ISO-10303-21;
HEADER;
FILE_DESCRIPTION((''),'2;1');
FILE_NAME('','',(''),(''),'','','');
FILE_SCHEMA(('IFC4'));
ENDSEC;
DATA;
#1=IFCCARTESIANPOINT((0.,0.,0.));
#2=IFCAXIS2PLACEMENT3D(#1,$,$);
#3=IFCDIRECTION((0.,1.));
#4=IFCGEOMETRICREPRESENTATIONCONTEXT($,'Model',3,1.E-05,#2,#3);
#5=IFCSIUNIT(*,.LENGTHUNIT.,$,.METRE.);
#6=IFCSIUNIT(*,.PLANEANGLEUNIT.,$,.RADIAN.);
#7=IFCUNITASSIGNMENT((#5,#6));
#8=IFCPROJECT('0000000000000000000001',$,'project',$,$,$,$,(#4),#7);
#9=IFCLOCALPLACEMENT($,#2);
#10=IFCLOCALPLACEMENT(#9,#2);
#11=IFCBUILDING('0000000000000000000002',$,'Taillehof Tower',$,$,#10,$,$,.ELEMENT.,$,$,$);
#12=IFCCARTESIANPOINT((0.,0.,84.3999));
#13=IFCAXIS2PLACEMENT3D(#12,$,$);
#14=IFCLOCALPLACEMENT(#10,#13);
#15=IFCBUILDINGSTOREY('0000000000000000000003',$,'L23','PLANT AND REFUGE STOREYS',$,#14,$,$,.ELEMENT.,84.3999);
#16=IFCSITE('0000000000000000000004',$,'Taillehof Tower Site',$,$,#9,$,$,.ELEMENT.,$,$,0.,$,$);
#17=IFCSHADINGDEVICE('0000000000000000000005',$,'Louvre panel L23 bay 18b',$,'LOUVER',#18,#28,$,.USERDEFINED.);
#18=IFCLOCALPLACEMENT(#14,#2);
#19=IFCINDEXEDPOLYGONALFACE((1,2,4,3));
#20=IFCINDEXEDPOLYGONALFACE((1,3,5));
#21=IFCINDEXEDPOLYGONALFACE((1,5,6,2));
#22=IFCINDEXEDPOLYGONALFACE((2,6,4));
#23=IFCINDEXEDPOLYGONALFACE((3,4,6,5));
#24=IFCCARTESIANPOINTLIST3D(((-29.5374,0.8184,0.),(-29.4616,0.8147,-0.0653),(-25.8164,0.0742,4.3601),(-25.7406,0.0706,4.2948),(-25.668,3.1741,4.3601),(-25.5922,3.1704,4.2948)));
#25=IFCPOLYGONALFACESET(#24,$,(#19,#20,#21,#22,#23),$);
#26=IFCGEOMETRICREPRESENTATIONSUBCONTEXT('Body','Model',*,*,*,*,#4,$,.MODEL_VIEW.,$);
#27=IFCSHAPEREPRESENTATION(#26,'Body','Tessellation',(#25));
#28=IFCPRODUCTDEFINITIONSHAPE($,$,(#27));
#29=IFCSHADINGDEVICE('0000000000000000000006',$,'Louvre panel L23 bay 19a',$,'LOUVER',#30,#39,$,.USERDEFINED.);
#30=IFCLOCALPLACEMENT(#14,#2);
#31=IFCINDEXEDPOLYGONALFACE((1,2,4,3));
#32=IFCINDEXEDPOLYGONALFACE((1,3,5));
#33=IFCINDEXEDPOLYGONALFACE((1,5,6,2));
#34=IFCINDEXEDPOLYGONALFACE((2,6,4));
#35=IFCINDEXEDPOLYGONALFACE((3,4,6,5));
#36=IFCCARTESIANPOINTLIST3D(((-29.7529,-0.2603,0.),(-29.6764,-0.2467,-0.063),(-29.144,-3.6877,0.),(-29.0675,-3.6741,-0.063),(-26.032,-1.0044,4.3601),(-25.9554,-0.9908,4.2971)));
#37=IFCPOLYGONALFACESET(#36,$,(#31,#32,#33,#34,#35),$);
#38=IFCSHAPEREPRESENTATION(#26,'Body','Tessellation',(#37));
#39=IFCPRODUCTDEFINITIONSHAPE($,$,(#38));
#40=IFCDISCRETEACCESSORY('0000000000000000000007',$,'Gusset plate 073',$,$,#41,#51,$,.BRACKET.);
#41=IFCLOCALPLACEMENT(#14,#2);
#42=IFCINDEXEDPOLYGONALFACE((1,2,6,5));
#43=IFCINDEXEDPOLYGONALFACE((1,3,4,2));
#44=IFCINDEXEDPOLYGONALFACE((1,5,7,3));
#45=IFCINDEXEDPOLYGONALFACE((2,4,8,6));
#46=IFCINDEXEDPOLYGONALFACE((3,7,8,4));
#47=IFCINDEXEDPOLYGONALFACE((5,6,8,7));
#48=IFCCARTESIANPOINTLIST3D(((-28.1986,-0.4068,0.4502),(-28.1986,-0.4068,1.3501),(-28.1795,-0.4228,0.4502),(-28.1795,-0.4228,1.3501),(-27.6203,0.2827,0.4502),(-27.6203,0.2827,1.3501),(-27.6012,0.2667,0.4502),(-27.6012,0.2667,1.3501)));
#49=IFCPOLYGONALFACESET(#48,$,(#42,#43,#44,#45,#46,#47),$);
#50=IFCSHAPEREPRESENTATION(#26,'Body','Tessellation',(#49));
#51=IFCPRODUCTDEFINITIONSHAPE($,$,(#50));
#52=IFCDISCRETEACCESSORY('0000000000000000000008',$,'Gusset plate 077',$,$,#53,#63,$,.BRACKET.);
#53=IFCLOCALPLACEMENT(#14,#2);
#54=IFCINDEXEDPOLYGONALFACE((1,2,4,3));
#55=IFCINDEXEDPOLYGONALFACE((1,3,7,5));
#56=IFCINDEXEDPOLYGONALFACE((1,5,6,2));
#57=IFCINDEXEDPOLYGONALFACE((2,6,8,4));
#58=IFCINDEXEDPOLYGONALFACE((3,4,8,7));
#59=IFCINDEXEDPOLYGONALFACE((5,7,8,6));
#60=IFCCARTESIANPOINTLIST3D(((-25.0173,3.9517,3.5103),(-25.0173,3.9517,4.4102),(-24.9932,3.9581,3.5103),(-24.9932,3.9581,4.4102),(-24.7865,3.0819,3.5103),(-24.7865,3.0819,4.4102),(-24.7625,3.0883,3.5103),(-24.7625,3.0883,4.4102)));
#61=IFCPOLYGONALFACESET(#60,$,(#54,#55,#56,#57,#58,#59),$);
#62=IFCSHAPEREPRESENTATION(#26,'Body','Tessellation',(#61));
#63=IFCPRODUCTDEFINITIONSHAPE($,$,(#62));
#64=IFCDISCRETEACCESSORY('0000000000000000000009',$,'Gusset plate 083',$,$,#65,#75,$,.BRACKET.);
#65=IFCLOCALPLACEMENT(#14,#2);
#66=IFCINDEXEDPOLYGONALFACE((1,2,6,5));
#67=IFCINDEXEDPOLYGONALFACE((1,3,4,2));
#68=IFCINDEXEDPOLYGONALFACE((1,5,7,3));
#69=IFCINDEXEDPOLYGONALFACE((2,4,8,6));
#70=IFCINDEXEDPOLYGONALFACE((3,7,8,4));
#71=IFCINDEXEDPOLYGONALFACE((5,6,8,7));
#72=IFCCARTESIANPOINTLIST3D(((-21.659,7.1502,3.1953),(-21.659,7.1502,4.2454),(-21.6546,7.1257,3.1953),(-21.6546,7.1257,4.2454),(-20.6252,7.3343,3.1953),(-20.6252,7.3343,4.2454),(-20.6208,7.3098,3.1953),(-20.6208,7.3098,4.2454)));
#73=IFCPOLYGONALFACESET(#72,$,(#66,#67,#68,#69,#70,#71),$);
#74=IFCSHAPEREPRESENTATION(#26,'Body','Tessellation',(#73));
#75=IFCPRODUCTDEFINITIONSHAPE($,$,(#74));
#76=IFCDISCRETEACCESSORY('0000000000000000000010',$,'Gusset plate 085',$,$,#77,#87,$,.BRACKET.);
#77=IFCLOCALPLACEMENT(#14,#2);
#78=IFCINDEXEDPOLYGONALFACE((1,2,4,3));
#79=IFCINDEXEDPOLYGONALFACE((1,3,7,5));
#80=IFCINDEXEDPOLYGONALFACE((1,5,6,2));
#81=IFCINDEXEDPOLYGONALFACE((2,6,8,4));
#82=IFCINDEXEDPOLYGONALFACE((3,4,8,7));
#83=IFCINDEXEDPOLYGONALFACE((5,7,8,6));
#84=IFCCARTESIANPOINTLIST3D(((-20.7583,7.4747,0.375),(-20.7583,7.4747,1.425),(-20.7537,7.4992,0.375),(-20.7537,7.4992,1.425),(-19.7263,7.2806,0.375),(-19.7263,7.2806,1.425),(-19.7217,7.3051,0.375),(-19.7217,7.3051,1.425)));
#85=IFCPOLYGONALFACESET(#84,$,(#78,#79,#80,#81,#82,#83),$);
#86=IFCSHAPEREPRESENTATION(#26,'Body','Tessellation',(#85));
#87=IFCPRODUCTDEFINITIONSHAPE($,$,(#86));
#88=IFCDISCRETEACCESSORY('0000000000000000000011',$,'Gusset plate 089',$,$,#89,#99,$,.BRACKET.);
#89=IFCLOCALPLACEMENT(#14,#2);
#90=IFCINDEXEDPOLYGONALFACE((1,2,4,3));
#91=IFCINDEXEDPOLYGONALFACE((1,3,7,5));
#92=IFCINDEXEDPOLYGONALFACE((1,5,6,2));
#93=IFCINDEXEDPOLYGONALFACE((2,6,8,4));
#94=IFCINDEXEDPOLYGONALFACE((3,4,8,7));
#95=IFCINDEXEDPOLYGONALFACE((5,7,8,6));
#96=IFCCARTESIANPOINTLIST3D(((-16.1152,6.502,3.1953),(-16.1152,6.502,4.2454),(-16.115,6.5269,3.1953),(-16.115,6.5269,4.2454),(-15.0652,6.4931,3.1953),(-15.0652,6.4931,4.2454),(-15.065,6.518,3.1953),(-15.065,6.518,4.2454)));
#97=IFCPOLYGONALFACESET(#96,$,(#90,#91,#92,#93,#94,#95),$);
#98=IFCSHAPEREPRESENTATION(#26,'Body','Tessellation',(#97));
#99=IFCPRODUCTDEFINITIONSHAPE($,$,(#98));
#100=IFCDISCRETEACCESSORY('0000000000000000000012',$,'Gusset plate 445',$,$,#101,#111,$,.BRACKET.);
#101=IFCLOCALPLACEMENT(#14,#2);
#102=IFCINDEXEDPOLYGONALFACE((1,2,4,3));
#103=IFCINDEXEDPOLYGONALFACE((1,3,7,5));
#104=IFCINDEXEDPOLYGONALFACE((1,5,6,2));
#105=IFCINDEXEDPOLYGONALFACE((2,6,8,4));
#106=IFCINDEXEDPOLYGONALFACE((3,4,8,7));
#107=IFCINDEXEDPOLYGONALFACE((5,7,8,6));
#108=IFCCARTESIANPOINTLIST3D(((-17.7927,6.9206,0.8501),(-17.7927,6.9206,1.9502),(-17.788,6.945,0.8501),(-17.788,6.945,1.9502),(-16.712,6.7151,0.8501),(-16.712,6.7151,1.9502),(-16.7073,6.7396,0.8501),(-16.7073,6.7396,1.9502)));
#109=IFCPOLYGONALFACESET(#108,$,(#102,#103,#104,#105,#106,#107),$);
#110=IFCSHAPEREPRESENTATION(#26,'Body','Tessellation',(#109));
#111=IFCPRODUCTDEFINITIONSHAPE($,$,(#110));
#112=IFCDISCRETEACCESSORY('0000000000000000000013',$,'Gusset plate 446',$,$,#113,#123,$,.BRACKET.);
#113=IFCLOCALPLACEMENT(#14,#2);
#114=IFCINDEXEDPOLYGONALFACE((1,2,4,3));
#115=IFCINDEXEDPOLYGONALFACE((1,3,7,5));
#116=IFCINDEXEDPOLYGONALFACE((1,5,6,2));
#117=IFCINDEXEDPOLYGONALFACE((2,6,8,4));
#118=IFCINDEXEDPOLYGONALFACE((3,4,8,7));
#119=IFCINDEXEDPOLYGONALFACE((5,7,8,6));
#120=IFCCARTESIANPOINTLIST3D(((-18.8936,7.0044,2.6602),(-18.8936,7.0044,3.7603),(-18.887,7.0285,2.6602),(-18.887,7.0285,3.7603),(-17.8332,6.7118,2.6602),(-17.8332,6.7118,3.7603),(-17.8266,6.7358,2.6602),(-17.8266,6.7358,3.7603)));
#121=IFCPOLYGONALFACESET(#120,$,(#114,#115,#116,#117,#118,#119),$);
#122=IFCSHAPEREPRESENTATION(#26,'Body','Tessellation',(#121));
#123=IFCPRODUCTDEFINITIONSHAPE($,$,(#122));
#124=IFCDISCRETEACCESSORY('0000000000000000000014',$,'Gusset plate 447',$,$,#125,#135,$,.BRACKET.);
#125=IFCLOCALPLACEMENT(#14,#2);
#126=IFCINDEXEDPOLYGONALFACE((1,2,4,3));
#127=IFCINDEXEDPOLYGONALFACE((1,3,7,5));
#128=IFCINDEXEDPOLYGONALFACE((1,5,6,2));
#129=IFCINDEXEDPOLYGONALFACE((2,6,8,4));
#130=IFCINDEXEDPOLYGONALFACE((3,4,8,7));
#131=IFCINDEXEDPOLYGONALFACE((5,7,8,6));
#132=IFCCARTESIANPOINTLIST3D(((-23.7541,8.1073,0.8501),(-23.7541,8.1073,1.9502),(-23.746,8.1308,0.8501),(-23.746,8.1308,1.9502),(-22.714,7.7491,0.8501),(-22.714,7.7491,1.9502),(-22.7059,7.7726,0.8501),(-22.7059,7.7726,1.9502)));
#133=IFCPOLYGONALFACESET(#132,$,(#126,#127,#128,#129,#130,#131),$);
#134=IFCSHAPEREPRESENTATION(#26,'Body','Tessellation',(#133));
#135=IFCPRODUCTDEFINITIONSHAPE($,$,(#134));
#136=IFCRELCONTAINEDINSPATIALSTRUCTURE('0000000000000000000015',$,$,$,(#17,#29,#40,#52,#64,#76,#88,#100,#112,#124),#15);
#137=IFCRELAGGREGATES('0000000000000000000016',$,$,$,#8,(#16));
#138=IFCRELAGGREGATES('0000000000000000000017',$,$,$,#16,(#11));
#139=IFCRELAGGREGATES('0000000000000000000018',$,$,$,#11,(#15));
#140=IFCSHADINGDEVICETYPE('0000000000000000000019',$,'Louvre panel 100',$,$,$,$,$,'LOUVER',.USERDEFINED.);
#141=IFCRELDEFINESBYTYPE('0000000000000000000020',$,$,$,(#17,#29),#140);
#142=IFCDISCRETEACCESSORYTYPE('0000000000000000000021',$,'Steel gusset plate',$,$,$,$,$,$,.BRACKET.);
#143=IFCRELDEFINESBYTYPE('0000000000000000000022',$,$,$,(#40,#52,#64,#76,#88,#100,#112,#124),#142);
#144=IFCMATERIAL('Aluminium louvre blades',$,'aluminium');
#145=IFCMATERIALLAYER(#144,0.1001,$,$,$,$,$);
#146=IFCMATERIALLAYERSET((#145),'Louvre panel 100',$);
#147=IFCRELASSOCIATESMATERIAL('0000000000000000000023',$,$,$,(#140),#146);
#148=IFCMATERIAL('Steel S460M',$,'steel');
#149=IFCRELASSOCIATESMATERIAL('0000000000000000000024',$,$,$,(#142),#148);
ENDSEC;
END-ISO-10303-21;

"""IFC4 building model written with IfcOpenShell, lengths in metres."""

from ifc_helpers import new_model, si_unit, direction, frame, origin, origin_2d, place, context, subcontext, project, spatial, polyline, rectangle, outline, extrude, material, layer, layer_set, type_object, element, save


model = new_model("IFC4")

# Units and contexts
model_context = context("Model", 3, precision=1e-05, world=origin(), true_north=direction((0.0, 1.0)))
body_context = subcontext(model_context, "Body", "Model", "MODEL_VIEW")
ifc_project = project(units=[si_unit("LENGTHUNIT", "METRE"), si_unit("PLANEANGLEUNIT", "RADIAN")], contexts=[model_context])

# Site, building, storey
site_placement = place(None, origin())
site = spatial("IfcSite", under=ifc_project, at=site_placement, Name="Taillehof Tower Site", CompositionType="ELEMENT", RefElevation=0.0)
building_placement = place(site_placement, origin())
building = spatial("IfcBuilding", under=site, at=building_placement, Name="Taillehof Tower", CompositionType="ELEMENT")
storey_placement = place(building_placement, frame((0.0, 0.0, 84.3999)))
storey = spatial("IfcBuildingStorey", under=building, at=storey_placement, Name="L23", Description="PLANT AND REFUGE STOREYS", CompositionType="ELEMENT", Elevation=84.3999)

# Shading devices
ifc_material_1 = material(Name="Aluminium louvre blades", Category="aluminium")
ifc_layer_1 = layer(ifc_material_1, 0.1001)
ifc_layer_set_1 = layer_set([ifc_layer_1], Name="Louvre panel 100")
shading_device_type = type_object("IfcShadingDeviceType", Name="Louvre panel 100", ElementType="LOUVER", PredefinedType="USERDEFINED", material=ifc_layer_set_1)
shading_device_1_placement = place(storey_placement, frame((-29.5374, 0.8184, 0.0), z_axis=(-0.757095, 0.036254, 0.652298), x_axis=(0.64375, -0.128741, 0.754329)))
element("IfcShadingDevice", 1, at=shading_device_1_placement, inside=storey, type_object=shading_device_type, Name="Louvre panel L23 bay 18b", ObjectType="LOUVER", PredefinedType="USERDEFINED", context=body_context, shape_type="SweptSolid", body=[
    extrude(outline(polyline([(0.0, 0.0), (5.7801, 0.0), (5.4766, 3.0885), (0.0, 0.0)])), origin(), (0.0, 0.0, -1.0), 0.1001),
])
shading_device_2_placement = place(storey_placement, frame((-29.7529, -0.2603, 0.0), z_axis=(-0.764935, -0.135889, 0.629609), x_axis=(0.174909, -0.984585, 0.0)))
element("IfcShadingDevice", 2, at=shading_device_2_placement, inside=storey, type_object=shading_device_type, Name="Louvre panel L23 bay 19a", ObjectType="LOUVER", PredefinedType="USERDEFINED", context=body_context, shape_type="SweptSolid", body=[
    extrude(outline(polyline([(0.0, 0.0), (3.4812, 0.0), (1.3835, 5.6121), (0.0, 0.0)])), origin(), (0.0, 0.0, -1.0), 0.1001),
])

# Discrete accessories
ifc_material_2 = material(Name="Steel S460M", Category="steel")
discrete_accessory_type = type_object("IfcDiscreteAccessoryType", Name="Steel gusset plate", PredefinedType="BRACKET", material=ifc_material_2)
for number, where, z_axis, x_axis, name in (
    (3, (-27.8999, -0.0701, 0.4502), (0.0, 0.0, 1.0), (-0.6426, -0.766201, 0.0), "Gusset plate 073"),
    (4, (-24.8899, 3.52, 3.5103), (0.0, 0.0, 1.0), (0.256441, -0.96656, 0.0), "Gusset plate 077"),
):
    element("IfcDiscreteAccessory", number, at=place(storey_placement, frame(where, z_axis=z_axis, x_axis=x_axis)), inside=storey, type_object=discrete_accessory_type, Name=name, PredefinedType="BRACKET", context=body_context, shape_type="SweptSolid", body=[
        extrude(rectangle(XDim=0.8999, YDim=0.0249, at=origin_2d()), origin(), (0.0, 0.0, 1.0), 0.8999),
    ])
for number, where, z_axis, x_axis, name in (
    (5, (-21.1399, 7.23, 3.1953), (0.0, 0.0, 1.0), (-0.984507, -0.175348, 0.0), "Gusset plate 083"),
    (6, (-20.24, 7.3899, 0.375), (0.0, 0.0, 1.0), (-0.982766, 0.184855, 0.0), "Gusset plate 085"),
    (7, (-15.5901, 6.51, 3.1953), (0.0, 0.0, 1.0), (-0.999965, 0.008425, 0.0), "Gusset plate 089"),
):
    element("IfcDiscreteAccessory", number, at=place(storey_placement, frame(where, z_axis=z_axis, x_axis=x_axis)), inside=storey, type_object=discrete_accessory_type, Name=name, PredefinedType="BRACKET", context=body_context, shape_type="SweptSolid", body=[
        extrude(rectangle(XDim=1.05, YDim=0.0249, at=origin_2d()), origin(), (0.0, 0.0, 1.0), 1.05),
    ])
for number, where, z_axis, x_axis, name in (
    (8, (-17.25, 6.8301, 0.8501), (0.0, 0.0, 1.0), (0.98241, -0.186738, 0.0), "Gusset plate 445"),
    (9, (-18.3601, 6.8701, 2.6602), (0.0, 0.0, 1.0), (0.963964, -0.266034, 0.0), "Gusset plate 446"),
    (10, (-23.23, 7.9399, 0.8501), (0.0, 0.0, 1.0), (0.945506, -0.325604, 0.0), "Gusset plate 447"),
):
    element("IfcDiscreteAccessory", number, at=place(storey_placement, frame(where, z_axis=z_axis, x_axis=x_axis)), inside=storey, type_object=discrete_accessory_type, Name=name, PredefinedType="BRACKET", context=body_context, shape_type="SweptSolid", body=[
        extrude(rectangle(XDim=1.1001, YDim=0.0249, at=origin_2d()), origin(), (0.0, 0.0, 1.0), 1.1001),
    ])

save(model, "model.ifc")
